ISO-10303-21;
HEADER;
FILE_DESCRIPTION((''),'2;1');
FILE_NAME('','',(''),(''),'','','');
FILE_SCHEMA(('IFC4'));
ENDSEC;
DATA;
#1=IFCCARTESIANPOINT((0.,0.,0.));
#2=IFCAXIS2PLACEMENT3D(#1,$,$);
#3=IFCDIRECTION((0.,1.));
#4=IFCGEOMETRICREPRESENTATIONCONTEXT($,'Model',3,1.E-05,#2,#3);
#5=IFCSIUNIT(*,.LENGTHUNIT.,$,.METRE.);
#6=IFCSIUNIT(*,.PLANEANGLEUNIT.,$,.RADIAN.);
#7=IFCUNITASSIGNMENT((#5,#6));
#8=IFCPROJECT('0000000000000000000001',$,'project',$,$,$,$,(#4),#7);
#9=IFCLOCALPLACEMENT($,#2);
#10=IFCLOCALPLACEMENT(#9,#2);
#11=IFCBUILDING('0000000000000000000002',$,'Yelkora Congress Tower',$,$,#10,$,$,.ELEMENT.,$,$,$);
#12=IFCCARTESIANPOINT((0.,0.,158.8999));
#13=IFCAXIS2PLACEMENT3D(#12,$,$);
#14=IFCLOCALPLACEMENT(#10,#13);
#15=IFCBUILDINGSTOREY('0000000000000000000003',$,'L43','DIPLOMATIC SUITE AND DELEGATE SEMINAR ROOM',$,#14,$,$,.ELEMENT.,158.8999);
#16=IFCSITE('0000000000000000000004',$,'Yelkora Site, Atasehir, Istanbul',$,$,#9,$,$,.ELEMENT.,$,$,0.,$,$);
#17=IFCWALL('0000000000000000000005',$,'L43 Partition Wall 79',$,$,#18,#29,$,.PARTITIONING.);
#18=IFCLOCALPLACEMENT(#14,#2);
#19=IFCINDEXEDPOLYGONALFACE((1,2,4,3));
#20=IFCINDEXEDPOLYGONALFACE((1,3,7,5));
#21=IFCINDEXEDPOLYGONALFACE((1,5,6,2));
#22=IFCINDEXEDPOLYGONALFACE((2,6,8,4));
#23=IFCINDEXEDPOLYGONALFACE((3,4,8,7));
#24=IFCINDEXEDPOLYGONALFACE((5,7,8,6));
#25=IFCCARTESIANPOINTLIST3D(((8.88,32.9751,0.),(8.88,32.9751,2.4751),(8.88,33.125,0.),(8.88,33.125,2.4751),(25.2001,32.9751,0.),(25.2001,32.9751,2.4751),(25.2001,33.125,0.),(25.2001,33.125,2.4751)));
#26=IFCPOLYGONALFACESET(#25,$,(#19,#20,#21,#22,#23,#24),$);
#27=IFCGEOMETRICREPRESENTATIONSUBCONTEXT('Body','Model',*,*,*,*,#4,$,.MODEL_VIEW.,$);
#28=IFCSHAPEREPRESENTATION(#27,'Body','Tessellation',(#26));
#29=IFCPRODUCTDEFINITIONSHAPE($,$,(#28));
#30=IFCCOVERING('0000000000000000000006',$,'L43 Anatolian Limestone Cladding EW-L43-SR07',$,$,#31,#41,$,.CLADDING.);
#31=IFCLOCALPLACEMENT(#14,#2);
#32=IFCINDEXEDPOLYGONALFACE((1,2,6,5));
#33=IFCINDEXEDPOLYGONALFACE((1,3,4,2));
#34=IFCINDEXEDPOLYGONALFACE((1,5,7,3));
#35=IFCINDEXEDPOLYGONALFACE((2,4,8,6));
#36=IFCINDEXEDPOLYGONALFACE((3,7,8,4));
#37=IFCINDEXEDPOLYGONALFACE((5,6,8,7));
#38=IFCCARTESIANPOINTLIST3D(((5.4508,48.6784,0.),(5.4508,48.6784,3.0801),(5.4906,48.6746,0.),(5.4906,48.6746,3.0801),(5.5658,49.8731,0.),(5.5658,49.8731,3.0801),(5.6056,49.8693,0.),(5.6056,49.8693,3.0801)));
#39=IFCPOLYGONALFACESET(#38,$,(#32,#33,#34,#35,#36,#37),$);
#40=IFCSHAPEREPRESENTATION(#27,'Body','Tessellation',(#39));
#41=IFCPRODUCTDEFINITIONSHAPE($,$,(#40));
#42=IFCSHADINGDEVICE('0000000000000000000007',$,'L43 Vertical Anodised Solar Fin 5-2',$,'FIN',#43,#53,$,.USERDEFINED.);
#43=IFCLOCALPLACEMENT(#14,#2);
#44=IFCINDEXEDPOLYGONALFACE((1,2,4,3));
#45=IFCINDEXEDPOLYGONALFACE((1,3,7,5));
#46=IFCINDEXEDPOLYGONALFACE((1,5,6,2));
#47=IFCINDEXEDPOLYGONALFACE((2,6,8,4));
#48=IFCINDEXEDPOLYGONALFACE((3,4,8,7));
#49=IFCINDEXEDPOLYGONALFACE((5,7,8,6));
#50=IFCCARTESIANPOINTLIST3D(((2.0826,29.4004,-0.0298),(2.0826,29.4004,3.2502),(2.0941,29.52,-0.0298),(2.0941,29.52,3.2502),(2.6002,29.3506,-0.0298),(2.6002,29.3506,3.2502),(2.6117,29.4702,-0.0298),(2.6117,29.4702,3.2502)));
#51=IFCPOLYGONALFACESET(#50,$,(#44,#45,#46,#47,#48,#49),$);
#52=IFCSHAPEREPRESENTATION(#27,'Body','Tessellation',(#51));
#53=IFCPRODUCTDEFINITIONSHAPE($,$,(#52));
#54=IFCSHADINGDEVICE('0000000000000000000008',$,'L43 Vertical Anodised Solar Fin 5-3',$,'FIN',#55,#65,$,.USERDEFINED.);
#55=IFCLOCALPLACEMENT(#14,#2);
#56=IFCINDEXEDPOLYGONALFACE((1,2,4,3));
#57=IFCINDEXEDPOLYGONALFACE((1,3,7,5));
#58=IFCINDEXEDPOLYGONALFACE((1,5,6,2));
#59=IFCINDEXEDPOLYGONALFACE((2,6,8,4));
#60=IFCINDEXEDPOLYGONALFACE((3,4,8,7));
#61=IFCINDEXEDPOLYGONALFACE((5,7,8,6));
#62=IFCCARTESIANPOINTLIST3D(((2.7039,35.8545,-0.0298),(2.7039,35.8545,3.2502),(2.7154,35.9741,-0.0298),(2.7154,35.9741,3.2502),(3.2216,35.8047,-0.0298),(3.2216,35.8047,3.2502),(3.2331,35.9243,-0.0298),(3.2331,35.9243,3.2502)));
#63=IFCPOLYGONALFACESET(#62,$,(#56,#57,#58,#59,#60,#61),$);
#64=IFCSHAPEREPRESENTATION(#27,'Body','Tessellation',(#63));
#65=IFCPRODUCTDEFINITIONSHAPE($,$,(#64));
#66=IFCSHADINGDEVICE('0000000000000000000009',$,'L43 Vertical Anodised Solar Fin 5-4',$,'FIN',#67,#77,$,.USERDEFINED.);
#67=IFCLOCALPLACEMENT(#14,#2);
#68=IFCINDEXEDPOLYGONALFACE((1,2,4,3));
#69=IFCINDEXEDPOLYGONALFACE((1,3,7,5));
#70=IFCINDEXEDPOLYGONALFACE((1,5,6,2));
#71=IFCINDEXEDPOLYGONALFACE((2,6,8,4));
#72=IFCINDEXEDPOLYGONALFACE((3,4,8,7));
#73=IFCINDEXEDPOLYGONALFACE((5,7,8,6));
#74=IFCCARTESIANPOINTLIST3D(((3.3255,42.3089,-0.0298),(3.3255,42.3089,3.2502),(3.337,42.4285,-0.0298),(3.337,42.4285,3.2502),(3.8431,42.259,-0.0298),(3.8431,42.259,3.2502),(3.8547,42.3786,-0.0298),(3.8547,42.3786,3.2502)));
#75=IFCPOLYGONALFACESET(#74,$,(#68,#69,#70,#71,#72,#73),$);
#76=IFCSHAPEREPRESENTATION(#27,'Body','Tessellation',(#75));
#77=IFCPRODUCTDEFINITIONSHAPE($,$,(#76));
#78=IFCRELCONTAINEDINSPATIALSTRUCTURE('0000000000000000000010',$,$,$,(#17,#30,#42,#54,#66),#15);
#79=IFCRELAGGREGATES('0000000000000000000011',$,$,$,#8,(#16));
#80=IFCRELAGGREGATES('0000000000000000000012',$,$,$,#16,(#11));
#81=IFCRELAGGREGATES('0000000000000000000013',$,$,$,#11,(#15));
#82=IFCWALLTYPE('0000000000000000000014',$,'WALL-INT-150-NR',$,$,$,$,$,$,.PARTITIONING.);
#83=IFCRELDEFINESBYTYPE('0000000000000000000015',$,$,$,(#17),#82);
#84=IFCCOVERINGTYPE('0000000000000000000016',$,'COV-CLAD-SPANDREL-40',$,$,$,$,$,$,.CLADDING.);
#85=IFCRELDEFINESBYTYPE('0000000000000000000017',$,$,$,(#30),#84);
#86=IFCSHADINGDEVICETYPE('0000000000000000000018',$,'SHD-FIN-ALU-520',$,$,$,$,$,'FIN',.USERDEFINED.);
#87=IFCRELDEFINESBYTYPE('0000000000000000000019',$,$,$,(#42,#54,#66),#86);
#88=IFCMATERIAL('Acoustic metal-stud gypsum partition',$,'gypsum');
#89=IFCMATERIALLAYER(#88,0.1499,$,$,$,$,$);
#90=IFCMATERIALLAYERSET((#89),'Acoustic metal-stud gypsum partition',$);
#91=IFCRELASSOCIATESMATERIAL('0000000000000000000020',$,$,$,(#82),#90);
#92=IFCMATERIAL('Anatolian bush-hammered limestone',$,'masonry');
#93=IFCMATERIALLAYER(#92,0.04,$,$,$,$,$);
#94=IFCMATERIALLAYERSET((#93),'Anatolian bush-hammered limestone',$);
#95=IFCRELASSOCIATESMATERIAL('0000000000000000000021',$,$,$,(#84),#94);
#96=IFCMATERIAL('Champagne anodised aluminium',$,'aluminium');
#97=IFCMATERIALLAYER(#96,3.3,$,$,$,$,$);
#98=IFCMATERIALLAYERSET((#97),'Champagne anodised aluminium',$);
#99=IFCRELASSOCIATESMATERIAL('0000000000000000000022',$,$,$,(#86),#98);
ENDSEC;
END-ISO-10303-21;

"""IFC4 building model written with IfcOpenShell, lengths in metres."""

from ifc_helpers import new_model, si_unit, direction, frame, frame_2d, origin, origin_2d, place, context, subcontext, project, spatial, rectangle, extrude, material, layer, layer_set, type_object, element, save


model = new_model("IFC4")

# Units and contexts
model_context = context("Model", 3, precision=1e-05, world=origin(), true_north=direction((0.0, 1.0)))
body_context = subcontext(model_context, "Body", "Model", "MODEL_VIEW")
ifc_project = project(units=[si_unit("LENGTHUNIT", "METRE"), si_unit("PLANEANGLEUNIT", "RADIAN")], contexts=[model_context])

# Site, building, storey
site_placement = place(None, origin())
site = spatial("IfcSite", under=ifc_project, at=site_placement, Name="Yelkora Site, Atasehir, Istanbul", CompositionType="ELEMENT", RefElevation=0.0)
building_placement = place(site_placement, origin())
building = spatial("IfcBuilding", under=site, at=building_placement, Name="Yelkora Congress Tower", CompositionType="ELEMENT")
storey_placement = place(building_placement, frame((0.0, 0.0, 158.8999)))
storey = spatial("IfcBuildingStorey", under=building, at=storey_placement, Name="L43", Description="DIPLOMATIC SUITE AND DELEGATE SEMINAR ROOM", CompositionType="ELEMENT", Elevation=158.8999)

# Wall
ifc_material_1 = material(Name="Acoustic metal-stud gypsum partition", Category="gypsum")
ifc_layer_1 = layer(ifc_material_1, 0.1499)
ifc_layer_set_1 = layer_set([ifc_layer_1], Name="Acoustic metal-stud gypsum partition")
wall_type_1 = type_object("IfcWallType", Name="WALL-INT-150-NR", PredefinedType="PARTITIONING", material=ifc_layer_set_1)
wall_1_placement = place(storey_placement, frame((8.8799, 33.05, 0.0), z_axis=(0.0, 0.0, 1.0), x_axis=(1.0, 0.0, 0.0)))
element("IfcWall", 1, at=wall_1_placement, inside=storey, type_object=wall_type_1, Name="L43 Partition Wall 79", PredefinedType="PARTITIONING", context=body_context, shape_type="SweptSolid", body=[
    extrude(rectangle(XDim=16.3201, YDim=0.1499, at=frame_2d((8.1602, 0.0))), origin(), (0.0, 0.0, 1.0), 2.4751),
])

# Covering
ifc_material_2 = material(Name="Anatolian bush-hammered limestone", Category="masonry")
ifc_layer_2 = layer(ifc_material_2, 0.04)
ifc_layer_set_2 = layer_set([ifc_layer_2], Name="Anatolian bush-hammered limestone")
covering_type = type_object("IfcCoveringType", Name="COV-CLAD-SPANDREL-40", PredefinedType="CLADDING", material=ifc_layer_set_2)
covering_placement = place(storey_placement, frame((5.4707, 48.6765, 0.0), z_axis=(0.0, 0.0, 1.0), x_axis=(0.095817, 0.995399, 0.0)))
element("IfcCovering", 2, at=covering_placement, inside=storey, type_object=covering_type, Name="L43 Anatolian Limestone Cladding EW-L43-SR07", PredefinedType="CLADDING", context=body_context, shape_type="SweptSolid", body=[
    extrude(rectangle(XDim=1.2002, YDim=0.04, at=frame_2d((0.6001, 0.0))), origin(), (0.0, 0.0, 1.0), 3.0801),
])

# Shading devices
ifc_material_3 = material(Name="Champagne anodised aluminium", Category="aluminium")
ifc_layer_3 = layer(ifc_material_3, 3.3)
ifc_layer_set_3 = layer_set([ifc_layer_3], Name="Champagne anodised aluminium")
shading_device_type = type_object("IfcShadingDeviceType", Name="SHD-FIN-ALU-520", ElementType="FIN", PredefinedType="USERDEFINED", material=ifc_layer_set_3)
for number, where, z_axis, x_axis, name in (
    (3, (2.3472, 29.4353, -0.0298), (0.0, 0.0, 1.0), (0.095846, 0.995396, 0.0), "L43 Vertical Anodised Solar Fin 5-2"),
    (4, (2.9685, 35.8894, -0.0298), (0.0, 0.0, 1.0), (0.095846, 0.995396, 0.0), "L43 Vertical Anodised Solar Fin 5-3"),
    (5, (3.5901, 42.3438, -0.0298), (0.0, 0.0, 1.0), (0.095846, 0.995396, 0.0), "L43 Vertical Anodised Solar Fin 5-4"),
):
    element("IfcShadingDevice", number, at=place(storey_placement, frame(where, z_axis=z_axis, x_axis=x_axis)), inside=storey, type_object=shading_device_type, Name=name, ObjectType="FIN", PredefinedType="USERDEFINED", context=body_context, shape_type="SweptSolid", body=[
        extrude(rectangle(XDim=0.1201, YDim=0.52, at=origin_2d()), origin(), (0.0, 0.0, 1.0), 3.28),
    ])

save(model, "model.ifc")
